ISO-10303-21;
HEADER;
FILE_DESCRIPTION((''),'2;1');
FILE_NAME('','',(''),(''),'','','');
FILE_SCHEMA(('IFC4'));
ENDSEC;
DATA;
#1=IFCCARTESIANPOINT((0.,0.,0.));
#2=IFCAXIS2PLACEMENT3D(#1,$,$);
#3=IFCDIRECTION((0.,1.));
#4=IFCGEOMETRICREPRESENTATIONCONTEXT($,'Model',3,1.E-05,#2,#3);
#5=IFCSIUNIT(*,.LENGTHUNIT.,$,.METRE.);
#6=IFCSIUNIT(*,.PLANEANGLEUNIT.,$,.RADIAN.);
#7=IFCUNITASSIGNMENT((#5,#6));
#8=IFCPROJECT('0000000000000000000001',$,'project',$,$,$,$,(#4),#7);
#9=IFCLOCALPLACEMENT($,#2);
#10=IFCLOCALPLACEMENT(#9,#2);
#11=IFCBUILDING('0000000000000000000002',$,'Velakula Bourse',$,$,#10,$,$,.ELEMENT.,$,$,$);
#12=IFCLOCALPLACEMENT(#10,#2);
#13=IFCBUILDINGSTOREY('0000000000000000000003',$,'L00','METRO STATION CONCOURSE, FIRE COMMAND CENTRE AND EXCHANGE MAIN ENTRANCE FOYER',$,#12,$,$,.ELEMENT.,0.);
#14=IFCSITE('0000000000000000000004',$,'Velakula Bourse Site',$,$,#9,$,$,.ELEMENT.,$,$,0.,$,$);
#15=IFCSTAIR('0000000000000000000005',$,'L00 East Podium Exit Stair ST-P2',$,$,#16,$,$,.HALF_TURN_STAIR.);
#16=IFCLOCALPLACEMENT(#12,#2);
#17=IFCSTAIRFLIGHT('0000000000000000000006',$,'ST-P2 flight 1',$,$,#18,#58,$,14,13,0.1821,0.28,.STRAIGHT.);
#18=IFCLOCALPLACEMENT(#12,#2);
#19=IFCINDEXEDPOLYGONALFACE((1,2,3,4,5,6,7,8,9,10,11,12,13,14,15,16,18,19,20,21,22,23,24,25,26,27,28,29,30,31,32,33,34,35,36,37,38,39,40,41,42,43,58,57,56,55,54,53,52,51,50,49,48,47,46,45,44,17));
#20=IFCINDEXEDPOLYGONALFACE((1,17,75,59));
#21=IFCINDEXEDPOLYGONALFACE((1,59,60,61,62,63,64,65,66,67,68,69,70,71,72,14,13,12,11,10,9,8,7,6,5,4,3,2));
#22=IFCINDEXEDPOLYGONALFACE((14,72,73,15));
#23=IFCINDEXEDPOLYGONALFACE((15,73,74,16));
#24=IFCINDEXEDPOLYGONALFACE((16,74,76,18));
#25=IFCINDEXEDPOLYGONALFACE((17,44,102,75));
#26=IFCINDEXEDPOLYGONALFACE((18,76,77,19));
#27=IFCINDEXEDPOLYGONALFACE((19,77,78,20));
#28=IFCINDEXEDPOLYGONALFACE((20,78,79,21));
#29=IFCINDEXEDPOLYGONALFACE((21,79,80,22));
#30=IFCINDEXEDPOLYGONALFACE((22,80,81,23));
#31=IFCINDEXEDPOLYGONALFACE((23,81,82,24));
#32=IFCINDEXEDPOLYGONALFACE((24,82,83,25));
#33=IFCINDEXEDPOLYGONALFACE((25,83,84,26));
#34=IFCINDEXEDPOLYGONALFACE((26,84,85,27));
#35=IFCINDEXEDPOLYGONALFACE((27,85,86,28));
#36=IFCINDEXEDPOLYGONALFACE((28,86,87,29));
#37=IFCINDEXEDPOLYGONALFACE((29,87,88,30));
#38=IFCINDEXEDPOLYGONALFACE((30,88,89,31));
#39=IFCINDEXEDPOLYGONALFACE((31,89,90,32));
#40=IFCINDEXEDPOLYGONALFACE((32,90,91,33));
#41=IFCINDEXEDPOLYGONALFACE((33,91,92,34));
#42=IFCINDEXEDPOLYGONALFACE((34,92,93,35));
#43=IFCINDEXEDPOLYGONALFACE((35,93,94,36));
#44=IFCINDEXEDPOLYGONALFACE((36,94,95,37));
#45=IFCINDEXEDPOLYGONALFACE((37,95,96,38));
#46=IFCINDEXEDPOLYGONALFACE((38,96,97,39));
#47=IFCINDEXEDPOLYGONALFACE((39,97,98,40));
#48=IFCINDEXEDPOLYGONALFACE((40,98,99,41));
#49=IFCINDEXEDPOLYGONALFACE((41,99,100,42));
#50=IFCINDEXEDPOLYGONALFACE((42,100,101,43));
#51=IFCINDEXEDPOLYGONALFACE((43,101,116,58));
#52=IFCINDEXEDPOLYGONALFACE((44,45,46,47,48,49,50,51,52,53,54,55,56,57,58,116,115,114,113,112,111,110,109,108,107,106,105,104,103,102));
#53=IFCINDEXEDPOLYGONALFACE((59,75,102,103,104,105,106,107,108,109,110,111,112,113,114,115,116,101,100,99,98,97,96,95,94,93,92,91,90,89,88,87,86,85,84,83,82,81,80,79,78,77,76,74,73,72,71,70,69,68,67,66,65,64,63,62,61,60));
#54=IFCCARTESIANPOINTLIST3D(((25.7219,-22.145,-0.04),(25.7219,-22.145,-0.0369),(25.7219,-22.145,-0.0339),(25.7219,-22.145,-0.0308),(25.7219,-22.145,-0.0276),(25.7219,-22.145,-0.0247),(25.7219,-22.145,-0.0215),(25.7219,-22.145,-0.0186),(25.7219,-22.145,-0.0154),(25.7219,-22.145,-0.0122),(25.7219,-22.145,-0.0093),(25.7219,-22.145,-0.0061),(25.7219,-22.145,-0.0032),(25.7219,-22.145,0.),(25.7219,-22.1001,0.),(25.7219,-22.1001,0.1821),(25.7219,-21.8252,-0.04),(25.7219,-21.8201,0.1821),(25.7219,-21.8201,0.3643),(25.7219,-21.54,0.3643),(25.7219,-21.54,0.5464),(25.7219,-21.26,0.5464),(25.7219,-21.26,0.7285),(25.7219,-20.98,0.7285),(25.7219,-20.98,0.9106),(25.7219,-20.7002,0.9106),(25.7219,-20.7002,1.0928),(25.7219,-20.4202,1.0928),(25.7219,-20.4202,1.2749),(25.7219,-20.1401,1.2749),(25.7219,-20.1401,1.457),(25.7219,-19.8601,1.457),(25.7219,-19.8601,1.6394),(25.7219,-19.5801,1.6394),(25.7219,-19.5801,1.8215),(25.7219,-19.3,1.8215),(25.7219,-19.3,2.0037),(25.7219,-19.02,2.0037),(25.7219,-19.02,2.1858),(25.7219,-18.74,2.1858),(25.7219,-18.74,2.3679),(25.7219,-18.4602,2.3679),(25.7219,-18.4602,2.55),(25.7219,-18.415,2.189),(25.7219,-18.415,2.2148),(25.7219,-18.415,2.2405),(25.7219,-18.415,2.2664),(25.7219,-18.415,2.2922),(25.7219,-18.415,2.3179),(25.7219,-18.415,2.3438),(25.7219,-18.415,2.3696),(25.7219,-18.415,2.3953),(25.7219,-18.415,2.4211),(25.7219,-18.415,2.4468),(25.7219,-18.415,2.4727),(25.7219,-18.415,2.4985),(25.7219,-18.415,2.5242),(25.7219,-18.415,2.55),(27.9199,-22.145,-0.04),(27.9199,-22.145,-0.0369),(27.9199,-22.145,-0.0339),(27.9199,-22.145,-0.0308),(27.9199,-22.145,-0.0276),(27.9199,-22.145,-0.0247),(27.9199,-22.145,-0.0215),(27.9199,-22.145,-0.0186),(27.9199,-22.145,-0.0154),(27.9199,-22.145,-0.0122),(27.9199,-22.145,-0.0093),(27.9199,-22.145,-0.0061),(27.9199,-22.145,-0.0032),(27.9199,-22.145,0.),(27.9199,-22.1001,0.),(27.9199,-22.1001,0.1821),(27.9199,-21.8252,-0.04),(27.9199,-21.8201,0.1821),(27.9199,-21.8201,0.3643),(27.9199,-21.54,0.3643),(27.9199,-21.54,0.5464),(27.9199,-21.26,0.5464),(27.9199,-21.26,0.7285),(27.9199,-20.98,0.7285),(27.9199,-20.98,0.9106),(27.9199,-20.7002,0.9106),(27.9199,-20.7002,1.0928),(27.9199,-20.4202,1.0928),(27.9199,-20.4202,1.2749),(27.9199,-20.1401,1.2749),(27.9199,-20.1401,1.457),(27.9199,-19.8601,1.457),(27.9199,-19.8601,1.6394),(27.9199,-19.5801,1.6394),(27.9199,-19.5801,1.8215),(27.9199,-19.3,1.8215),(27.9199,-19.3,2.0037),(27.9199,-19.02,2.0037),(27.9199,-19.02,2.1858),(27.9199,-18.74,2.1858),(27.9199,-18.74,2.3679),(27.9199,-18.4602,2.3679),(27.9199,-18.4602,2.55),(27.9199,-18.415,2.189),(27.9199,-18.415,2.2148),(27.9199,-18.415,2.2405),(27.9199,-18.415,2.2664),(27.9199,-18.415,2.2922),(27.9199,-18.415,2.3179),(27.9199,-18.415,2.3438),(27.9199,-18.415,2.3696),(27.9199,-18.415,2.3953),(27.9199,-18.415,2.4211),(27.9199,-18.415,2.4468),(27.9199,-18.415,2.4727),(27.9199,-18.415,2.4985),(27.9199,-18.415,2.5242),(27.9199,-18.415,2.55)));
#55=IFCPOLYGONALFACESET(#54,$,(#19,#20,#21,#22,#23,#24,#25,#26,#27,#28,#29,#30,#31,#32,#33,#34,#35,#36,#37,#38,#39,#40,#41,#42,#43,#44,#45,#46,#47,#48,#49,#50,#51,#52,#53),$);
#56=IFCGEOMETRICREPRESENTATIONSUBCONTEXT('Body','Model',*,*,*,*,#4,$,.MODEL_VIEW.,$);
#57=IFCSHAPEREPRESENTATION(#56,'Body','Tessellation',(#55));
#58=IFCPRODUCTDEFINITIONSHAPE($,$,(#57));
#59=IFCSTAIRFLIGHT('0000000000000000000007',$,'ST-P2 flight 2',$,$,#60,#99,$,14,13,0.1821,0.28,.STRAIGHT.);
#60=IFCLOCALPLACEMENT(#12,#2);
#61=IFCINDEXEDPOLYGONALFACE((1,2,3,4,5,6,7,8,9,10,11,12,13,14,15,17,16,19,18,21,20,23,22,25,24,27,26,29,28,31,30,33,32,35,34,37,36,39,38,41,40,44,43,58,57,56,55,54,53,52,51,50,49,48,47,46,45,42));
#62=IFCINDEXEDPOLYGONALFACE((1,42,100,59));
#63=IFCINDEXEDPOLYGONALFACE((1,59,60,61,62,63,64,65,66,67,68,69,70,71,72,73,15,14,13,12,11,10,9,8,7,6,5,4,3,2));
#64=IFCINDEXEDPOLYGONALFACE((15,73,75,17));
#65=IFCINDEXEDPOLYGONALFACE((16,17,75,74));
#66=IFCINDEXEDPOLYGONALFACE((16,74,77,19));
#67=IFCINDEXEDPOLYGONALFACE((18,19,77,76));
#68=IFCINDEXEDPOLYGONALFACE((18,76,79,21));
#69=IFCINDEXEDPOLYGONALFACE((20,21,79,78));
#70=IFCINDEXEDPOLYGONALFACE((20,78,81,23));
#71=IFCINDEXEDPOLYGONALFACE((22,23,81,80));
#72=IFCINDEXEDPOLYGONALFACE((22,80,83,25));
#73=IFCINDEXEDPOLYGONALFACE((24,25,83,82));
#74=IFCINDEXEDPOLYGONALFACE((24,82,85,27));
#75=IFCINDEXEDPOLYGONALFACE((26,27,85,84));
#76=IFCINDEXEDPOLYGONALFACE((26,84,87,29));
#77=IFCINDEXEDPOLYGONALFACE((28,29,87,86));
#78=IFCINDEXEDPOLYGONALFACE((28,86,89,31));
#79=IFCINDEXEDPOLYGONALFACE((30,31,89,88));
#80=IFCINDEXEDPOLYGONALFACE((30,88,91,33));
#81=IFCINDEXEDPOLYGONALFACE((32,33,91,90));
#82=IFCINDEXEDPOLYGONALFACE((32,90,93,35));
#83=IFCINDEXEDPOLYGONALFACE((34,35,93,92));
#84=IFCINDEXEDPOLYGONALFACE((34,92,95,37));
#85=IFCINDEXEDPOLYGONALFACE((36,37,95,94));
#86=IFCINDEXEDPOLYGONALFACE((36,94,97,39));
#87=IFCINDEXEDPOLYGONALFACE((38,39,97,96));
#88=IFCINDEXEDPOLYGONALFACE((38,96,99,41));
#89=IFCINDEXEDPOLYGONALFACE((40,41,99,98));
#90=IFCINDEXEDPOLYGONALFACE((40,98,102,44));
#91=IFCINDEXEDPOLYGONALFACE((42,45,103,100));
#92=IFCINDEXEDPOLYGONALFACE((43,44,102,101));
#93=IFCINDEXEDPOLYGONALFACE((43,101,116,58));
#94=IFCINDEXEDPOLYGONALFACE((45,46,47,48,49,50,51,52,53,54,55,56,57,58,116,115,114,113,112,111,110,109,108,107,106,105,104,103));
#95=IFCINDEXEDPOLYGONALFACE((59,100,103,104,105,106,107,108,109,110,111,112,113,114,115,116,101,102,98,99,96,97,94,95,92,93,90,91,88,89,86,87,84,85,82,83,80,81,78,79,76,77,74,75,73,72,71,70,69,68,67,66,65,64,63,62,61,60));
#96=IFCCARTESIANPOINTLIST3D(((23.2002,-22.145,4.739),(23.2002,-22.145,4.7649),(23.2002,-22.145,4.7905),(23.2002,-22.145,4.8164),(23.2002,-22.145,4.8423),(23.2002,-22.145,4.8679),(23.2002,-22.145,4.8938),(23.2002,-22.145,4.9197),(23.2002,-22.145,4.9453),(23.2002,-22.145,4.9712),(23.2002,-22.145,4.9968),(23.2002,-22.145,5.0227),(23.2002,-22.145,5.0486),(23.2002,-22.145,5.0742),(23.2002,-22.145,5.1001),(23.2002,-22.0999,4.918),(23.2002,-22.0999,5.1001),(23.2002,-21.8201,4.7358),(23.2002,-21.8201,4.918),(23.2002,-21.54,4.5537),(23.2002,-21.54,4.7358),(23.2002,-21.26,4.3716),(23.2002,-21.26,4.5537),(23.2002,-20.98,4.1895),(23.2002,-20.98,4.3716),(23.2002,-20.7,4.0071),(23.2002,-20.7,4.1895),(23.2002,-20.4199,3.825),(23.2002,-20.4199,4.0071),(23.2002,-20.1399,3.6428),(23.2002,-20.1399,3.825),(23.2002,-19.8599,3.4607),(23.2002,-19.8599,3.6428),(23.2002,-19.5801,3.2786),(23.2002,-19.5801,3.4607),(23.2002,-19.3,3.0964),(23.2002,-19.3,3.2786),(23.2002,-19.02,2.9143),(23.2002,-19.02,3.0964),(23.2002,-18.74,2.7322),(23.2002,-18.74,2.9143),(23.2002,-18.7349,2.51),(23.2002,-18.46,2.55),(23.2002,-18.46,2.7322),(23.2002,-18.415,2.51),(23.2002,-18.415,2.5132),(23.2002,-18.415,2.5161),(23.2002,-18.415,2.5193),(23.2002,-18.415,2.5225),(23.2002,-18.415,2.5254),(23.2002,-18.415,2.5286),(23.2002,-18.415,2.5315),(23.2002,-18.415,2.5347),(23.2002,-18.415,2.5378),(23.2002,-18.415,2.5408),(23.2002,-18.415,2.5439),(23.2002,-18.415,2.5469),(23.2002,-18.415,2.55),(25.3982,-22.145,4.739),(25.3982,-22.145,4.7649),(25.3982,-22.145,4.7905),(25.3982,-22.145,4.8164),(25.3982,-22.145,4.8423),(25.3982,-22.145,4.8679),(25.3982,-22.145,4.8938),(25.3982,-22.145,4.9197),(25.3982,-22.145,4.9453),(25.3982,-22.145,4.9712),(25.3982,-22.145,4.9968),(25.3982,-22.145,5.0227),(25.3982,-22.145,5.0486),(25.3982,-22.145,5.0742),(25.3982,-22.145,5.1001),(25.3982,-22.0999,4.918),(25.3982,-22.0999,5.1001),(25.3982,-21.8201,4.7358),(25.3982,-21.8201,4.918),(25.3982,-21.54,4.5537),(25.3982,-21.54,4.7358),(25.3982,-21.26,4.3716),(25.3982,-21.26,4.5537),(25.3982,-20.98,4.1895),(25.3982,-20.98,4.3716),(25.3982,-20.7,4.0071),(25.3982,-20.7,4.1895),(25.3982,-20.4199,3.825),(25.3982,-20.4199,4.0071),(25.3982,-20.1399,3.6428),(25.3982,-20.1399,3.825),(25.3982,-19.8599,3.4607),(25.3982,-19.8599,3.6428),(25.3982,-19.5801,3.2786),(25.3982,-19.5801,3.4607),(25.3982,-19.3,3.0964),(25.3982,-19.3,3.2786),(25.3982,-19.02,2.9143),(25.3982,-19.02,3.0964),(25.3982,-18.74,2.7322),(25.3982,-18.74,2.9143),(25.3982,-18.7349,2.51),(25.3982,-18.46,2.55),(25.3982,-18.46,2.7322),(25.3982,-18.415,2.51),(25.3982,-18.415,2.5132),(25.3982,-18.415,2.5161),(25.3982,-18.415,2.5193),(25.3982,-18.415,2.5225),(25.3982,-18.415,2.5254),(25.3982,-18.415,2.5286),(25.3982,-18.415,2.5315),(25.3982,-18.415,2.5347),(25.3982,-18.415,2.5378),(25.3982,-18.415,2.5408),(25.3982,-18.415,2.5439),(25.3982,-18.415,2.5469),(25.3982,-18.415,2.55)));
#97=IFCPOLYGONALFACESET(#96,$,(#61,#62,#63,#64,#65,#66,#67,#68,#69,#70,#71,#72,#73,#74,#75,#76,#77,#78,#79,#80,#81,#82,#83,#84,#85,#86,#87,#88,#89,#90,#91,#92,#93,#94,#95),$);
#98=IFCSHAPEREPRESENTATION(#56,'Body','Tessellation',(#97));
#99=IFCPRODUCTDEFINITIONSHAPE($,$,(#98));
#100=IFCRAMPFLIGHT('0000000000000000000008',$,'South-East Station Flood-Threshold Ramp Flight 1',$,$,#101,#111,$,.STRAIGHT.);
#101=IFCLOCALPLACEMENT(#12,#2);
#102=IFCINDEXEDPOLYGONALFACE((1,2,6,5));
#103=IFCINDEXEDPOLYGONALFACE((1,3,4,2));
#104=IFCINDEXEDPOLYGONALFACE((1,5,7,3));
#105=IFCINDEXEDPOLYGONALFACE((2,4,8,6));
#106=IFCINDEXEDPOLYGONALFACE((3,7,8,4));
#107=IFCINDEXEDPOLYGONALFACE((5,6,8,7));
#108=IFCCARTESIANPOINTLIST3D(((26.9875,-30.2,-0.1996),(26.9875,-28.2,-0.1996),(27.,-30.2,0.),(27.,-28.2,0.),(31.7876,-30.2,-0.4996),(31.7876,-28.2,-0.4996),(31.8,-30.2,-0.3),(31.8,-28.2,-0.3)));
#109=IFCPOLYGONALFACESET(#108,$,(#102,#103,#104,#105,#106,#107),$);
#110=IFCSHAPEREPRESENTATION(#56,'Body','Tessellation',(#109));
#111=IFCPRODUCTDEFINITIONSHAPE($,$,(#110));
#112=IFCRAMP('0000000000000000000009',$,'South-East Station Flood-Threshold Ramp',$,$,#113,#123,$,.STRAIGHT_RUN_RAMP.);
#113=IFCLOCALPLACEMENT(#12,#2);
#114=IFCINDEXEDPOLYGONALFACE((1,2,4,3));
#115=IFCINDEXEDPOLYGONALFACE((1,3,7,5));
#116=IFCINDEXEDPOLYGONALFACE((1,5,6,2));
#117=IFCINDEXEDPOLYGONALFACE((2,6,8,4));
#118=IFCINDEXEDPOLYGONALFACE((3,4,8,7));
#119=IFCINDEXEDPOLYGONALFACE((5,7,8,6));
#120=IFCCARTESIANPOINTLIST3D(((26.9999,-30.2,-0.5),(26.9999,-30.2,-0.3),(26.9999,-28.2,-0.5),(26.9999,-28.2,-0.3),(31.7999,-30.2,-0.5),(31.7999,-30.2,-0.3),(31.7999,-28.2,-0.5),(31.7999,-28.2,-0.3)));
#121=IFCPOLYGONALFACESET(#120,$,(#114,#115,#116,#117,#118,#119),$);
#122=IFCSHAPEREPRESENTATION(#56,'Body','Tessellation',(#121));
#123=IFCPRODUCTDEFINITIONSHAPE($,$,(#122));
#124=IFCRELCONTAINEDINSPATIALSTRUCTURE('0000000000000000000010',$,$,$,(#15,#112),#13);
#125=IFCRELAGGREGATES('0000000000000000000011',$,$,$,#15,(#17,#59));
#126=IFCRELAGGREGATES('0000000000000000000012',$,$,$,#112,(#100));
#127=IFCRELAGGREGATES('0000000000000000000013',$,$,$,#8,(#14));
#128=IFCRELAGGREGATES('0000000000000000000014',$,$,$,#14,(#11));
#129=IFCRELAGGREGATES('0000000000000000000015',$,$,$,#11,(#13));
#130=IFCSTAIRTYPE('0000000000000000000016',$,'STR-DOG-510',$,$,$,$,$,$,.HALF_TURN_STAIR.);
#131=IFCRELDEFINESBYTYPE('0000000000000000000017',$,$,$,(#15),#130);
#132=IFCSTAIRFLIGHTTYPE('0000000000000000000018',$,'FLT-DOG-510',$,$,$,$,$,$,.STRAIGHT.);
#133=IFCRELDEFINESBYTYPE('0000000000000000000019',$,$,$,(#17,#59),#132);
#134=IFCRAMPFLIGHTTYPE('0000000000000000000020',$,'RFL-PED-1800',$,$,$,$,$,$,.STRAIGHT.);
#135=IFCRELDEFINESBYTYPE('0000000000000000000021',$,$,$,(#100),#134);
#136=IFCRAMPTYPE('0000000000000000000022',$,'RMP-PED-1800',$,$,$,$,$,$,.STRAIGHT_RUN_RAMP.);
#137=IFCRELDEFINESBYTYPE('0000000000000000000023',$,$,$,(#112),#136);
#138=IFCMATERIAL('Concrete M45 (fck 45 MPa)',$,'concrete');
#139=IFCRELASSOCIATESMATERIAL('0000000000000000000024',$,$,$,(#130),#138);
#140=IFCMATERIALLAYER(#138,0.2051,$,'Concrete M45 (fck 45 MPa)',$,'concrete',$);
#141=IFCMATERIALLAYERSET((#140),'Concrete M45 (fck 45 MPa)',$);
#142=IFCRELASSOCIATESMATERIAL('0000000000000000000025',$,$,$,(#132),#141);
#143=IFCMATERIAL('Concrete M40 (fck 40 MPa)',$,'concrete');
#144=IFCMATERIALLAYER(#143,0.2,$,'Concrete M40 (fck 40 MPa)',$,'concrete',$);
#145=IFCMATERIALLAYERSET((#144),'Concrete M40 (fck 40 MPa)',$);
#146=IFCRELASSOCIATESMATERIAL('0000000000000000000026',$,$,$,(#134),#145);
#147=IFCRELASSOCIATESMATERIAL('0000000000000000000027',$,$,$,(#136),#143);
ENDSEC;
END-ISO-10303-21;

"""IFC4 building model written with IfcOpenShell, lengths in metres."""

from ifc_helpers import new_model, si_unit, direction, frame, origin, origin_2d, place, context, subcontext, project, spatial, polyline, rectangle, outline, extrude, material, layer, layer_set, type_object, element, aggregate, save


model = new_model("IFC4")

# Units and contexts
model_context = context("Model", 3, precision=1e-05, world=origin(), true_north=direction((0.0, 1.0)))
body_context = subcontext(model_context, "Body", "Model", "MODEL_VIEW")
ifc_project = project(units=[si_unit("LENGTHUNIT", "METRE"), si_unit("PLANEANGLEUNIT", "RADIAN")], contexts=[model_context])

# Site, building, storey
site_placement = place(None, origin())
site = spatial("IfcSite", under=ifc_project, at=site_placement, Name="Velakula Bourse Site", CompositionType="ELEMENT", RefElevation=0.0)
building_placement = place(site_placement, origin())
building = spatial("IfcBuilding", under=site, at=building_placement, Name="Velakula Bourse", CompositionType="ELEMENT")
storey_placement = place(building_placement, origin())
storey = spatial("IfcBuildingStorey", under=building, at=storey_placement, Name="L00", Description="METRO STATION CONCOURSE, FIRE COMMAND CENTRE AND EXCHANGE MAIN ENTRANCE FOYER", CompositionType="ELEMENT", Elevation=0.0)

# Stair, stair flights
ifc_material_1 = material(Name="Concrete M45 (fck 45 MPa)", Category="concrete")
stair_type = type_object("IfcStairType", Name="STR-DOG-510", PredefinedType="HALF_TURN_STAIR", material=ifc_material_1)
stair_placement = place(storey_placement, origin())
stair = element("IfcStair", 1, at=stair_placement, inside=storey, type_object=stair_type, Name="L00 East Podium Exit Stair ST-P2", PredefinedType="HALF_TURN_STAIR")
ifc_layer_1 = layer(ifc_material_1, 0.2051, Name="Concrete M45 (fck 45 MPa)", Category="concrete")
ifc_layer_set_1 = layer_set([ifc_layer_1], Name="Concrete M45 (fck 45 MPa)")
stair_flight_type = type_object("IfcStairFlightType", Name="FLT-DOG-510", PredefinedType="STRAIGHT", material=ifc_layer_set_1)
stair_flight_1_placement = place(storey_placement, frame((26.821, -22.1001, 0.0), z_axis=(0.0, 0.0, 1.0), x_axis=(0.0, 1.0, 0.0)))
stair_flight_1 = element("IfcStairFlight", 2, at=stair_flight_1_placement, type_object=stair_flight_type, Name="ST-P2 flight 1", NumberOfRisers=14, NumberOfTreads=13, PredefinedType="STRAIGHT", RiserHeight=0.1821, TreadLength=0.28, context=body_context, shape_type="SweptSolid", body=[
    extrude(outline(polyline([(-0.0449, -0.04), (-0.0449, -0.0369), (-0.0449, -0.0339), (-0.0449, -0.0308), (-0.0449, -0.0276), (-0.0449, -0.0247), (-0.0449, -0.0215), (-0.0449, -0.0186), (-0.0449, -0.0154), (-0.0449, -0.0122), (-0.0449, -0.0093), (-0.0449, -0.0061), (-0.0449, -0.0032), (-0.0449, 0.0), (0.0, 0.0), (0.0, 0.1821), (0.28, 0.1821), (0.28, 0.3643), (0.5601, 0.3643), (0.5601, 0.5464), (0.8401, 0.5464), (0.8401, 0.7285), (1.1201, 0.7285), (1.1201, 0.9106), (1.3999, 0.9106), (1.3999, 1.0928), (1.6799, 1.0928), (1.6799, 1.2749), (1.96, 1.2749), (1.96, 1.457), (2.24, 1.457), (2.24, 1.6394), (2.52, 1.6394), (2.52, 1.8215), (2.8, 1.8215), (2.8, 2.0037), (3.0801, 2.0037), (3.0801, 2.1858), (3.3601, 2.1858), (3.3601, 2.3679), (3.6399, 2.3679), (3.6399, 2.55), (3.6851, 2.55), (3.6851, 2.5242), (3.6851, 2.4985), (3.6851, 2.4727), (3.6851, 2.4468), (3.6851, 2.4211), (3.6851, 2.3953), (3.6851, 2.3696), (3.6851, 2.3438), (3.6851, 2.3179), (3.6851, 2.2922), (3.6851, 2.2664), (3.6851, 2.2405), (3.6851, 2.2148), (3.6851, 2.189), (0.2749, -0.04), (-0.0449, -0.04)])), frame((0.0, 1.0991, 0.0), z_axis=(0.0, -1.0, 0.0), x_axis=(1.0, 0.0, 0.0)), (0.0, 0.0, 1.0), 2.198),
])
stair_flight_2_placement = place(storey_placement, frame((24.2991, -18.46, 2.55), z_axis=(0.0, 0.0, 1.0), x_axis=(0.0, -1.0, 0.0)))
stair_flight_2 = element("IfcStairFlight", 3, at=stair_flight_2_placement, type_object=stair_flight_type, Name="ST-P2 flight 2", NumberOfRisers=14, NumberOfTreads=13, PredefinedType="STRAIGHT", RiserHeight=0.1821, TreadLength=0.28, context=body_context, shape_type="SweptSolid", body=[
    extrude(outline(polyline([(-0.0449, -0.04), (-0.0449, -0.0369), (-0.0449, -0.0339), (-0.0449, -0.0308), (-0.0449, -0.0276), (-0.0449, -0.0247), (-0.0449, -0.0215), (-0.0449, -0.0186), (-0.0449, -0.0154), (-0.0449, -0.0122), (-0.0449, -0.0093), (-0.0449, -0.0061), (-0.0449, -0.0032), (-0.0449, 0.0), (0.0, 0.0), (0.0, 0.1821), (0.28, 0.1821), (0.28, 0.3643), (0.5601, 0.3643), (0.5601, 0.5464), (0.8401, 0.5464), (0.8401, 0.7285), (1.1201, 0.7285), (1.1201, 0.9106), (1.3999, 0.9106), (1.3999, 1.0928), (1.6799, 1.0928), (1.6799, 1.2749), (1.96, 1.2749), (1.96, 1.457), (2.24, 1.457), (2.24, 1.6394), (2.52, 1.6394), (2.52, 1.8215), (2.8, 1.8215), (2.8, 2.0037), (3.0801, 2.0037), (3.0801, 2.1858), (3.3601, 2.1858), (3.3601, 2.3679), (3.6399, 2.3679), (3.6399, 2.55), (3.6851, 2.55), (3.6851, 2.5242), (3.6851, 2.4985), (3.6851, 2.4727), (3.6851, 2.4468), (3.6851, 2.4211), (3.6851, 2.3953), (3.6851, 2.3696), (3.6851, 2.3438), (3.6851, 2.3179), (3.6851, 2.2922), (3.6851, 2.2664), (3.6851, 2.2405), (3.6851, 2.2148), (3.6851, 2.189), (0.2749, -0.04), (-0.0449, -0.04)])), frame((0.0, 1.0991, 0.0), z_axis=(0.0, -1.0, 0.0), x_axis=(1.0, 0.0, 0.0)), (0.0, 0.0, 1.0), 2.198),
])
aggregate(stair, [stair_flight_1, stair_flight_2])

# Ramp flight
ifc_material_2 = material(Name="Concrete M40 (fck 40 MPa)", Category="concrete")
ifc_layer_2 = layer(ifc_material_2, 0.2, Name="Concrete M40 (fck 40 MPa)", Category="concrete")
ifc_layer_set_2 = layer_set([ifc_layer_2], Name="Concrete M40 (fck 40 MPa)")
ramp_flight_type = type_object("IfcRampFlightType", Name="RFL-PED-1800", PredefinedType="STRAIGHT", material=ifc_layer_set_2)
ramp_flight_placement = place(storey_placement, frame((27.0, -30.2, 0.0), z_axis=(0.062388, 0.0, 0.998052), x_axis=(0.998052, 0.0, -0.062388)))
ramp_flight = element("IfcRampFlight", 4, at=ramp_flight_placement, type_object=ramp_flight_type, Name="South-East Station Flood-Threshold Ramp Flight 1", PredefinedType="STRAIGHT", context=body_context, shape_type="SweptSolid", body=[
    extrude(outline(polyline([(0.0, 0.0), (4.8094, 0.0), (4.8094, 2.0), (0.0, 2.0), (0.0, 0.0)])), origin(), (0.0, 0.0, -1.0), 0.2),
])

# Ramp
ramp_type = type_object("IfcRampType", Name="RMP-PED-1800", PredefinedType="STRAIGHT_RUN_RAMP", material=ifc_material_2)
ramp_placement = place(storey_placement, frame((29.3999, -29.2, -0.5), z_axis=(0.0, 0.0, 1.0), x_axis=(1.0, 0.0, 0.0)))
ramp = element("IfcRamp", 5, at=ramp_placement, inside=storey, type_object=ramp_type, Name="South-East Station Flood-Threshold Ramp", PredefinedType="STRAIGHT_RUN_RAMP", context=body_context, shape_type="SweptSolid", body=[
    extrude(rectangle(XDim=4.8, YDim=2.0, at=origin_2d()), origin(), (0.0, 0.0, 1.0), 0.2),
])
aggregate(ramp, [ramp_flight])

save(model, "model.ifc")
